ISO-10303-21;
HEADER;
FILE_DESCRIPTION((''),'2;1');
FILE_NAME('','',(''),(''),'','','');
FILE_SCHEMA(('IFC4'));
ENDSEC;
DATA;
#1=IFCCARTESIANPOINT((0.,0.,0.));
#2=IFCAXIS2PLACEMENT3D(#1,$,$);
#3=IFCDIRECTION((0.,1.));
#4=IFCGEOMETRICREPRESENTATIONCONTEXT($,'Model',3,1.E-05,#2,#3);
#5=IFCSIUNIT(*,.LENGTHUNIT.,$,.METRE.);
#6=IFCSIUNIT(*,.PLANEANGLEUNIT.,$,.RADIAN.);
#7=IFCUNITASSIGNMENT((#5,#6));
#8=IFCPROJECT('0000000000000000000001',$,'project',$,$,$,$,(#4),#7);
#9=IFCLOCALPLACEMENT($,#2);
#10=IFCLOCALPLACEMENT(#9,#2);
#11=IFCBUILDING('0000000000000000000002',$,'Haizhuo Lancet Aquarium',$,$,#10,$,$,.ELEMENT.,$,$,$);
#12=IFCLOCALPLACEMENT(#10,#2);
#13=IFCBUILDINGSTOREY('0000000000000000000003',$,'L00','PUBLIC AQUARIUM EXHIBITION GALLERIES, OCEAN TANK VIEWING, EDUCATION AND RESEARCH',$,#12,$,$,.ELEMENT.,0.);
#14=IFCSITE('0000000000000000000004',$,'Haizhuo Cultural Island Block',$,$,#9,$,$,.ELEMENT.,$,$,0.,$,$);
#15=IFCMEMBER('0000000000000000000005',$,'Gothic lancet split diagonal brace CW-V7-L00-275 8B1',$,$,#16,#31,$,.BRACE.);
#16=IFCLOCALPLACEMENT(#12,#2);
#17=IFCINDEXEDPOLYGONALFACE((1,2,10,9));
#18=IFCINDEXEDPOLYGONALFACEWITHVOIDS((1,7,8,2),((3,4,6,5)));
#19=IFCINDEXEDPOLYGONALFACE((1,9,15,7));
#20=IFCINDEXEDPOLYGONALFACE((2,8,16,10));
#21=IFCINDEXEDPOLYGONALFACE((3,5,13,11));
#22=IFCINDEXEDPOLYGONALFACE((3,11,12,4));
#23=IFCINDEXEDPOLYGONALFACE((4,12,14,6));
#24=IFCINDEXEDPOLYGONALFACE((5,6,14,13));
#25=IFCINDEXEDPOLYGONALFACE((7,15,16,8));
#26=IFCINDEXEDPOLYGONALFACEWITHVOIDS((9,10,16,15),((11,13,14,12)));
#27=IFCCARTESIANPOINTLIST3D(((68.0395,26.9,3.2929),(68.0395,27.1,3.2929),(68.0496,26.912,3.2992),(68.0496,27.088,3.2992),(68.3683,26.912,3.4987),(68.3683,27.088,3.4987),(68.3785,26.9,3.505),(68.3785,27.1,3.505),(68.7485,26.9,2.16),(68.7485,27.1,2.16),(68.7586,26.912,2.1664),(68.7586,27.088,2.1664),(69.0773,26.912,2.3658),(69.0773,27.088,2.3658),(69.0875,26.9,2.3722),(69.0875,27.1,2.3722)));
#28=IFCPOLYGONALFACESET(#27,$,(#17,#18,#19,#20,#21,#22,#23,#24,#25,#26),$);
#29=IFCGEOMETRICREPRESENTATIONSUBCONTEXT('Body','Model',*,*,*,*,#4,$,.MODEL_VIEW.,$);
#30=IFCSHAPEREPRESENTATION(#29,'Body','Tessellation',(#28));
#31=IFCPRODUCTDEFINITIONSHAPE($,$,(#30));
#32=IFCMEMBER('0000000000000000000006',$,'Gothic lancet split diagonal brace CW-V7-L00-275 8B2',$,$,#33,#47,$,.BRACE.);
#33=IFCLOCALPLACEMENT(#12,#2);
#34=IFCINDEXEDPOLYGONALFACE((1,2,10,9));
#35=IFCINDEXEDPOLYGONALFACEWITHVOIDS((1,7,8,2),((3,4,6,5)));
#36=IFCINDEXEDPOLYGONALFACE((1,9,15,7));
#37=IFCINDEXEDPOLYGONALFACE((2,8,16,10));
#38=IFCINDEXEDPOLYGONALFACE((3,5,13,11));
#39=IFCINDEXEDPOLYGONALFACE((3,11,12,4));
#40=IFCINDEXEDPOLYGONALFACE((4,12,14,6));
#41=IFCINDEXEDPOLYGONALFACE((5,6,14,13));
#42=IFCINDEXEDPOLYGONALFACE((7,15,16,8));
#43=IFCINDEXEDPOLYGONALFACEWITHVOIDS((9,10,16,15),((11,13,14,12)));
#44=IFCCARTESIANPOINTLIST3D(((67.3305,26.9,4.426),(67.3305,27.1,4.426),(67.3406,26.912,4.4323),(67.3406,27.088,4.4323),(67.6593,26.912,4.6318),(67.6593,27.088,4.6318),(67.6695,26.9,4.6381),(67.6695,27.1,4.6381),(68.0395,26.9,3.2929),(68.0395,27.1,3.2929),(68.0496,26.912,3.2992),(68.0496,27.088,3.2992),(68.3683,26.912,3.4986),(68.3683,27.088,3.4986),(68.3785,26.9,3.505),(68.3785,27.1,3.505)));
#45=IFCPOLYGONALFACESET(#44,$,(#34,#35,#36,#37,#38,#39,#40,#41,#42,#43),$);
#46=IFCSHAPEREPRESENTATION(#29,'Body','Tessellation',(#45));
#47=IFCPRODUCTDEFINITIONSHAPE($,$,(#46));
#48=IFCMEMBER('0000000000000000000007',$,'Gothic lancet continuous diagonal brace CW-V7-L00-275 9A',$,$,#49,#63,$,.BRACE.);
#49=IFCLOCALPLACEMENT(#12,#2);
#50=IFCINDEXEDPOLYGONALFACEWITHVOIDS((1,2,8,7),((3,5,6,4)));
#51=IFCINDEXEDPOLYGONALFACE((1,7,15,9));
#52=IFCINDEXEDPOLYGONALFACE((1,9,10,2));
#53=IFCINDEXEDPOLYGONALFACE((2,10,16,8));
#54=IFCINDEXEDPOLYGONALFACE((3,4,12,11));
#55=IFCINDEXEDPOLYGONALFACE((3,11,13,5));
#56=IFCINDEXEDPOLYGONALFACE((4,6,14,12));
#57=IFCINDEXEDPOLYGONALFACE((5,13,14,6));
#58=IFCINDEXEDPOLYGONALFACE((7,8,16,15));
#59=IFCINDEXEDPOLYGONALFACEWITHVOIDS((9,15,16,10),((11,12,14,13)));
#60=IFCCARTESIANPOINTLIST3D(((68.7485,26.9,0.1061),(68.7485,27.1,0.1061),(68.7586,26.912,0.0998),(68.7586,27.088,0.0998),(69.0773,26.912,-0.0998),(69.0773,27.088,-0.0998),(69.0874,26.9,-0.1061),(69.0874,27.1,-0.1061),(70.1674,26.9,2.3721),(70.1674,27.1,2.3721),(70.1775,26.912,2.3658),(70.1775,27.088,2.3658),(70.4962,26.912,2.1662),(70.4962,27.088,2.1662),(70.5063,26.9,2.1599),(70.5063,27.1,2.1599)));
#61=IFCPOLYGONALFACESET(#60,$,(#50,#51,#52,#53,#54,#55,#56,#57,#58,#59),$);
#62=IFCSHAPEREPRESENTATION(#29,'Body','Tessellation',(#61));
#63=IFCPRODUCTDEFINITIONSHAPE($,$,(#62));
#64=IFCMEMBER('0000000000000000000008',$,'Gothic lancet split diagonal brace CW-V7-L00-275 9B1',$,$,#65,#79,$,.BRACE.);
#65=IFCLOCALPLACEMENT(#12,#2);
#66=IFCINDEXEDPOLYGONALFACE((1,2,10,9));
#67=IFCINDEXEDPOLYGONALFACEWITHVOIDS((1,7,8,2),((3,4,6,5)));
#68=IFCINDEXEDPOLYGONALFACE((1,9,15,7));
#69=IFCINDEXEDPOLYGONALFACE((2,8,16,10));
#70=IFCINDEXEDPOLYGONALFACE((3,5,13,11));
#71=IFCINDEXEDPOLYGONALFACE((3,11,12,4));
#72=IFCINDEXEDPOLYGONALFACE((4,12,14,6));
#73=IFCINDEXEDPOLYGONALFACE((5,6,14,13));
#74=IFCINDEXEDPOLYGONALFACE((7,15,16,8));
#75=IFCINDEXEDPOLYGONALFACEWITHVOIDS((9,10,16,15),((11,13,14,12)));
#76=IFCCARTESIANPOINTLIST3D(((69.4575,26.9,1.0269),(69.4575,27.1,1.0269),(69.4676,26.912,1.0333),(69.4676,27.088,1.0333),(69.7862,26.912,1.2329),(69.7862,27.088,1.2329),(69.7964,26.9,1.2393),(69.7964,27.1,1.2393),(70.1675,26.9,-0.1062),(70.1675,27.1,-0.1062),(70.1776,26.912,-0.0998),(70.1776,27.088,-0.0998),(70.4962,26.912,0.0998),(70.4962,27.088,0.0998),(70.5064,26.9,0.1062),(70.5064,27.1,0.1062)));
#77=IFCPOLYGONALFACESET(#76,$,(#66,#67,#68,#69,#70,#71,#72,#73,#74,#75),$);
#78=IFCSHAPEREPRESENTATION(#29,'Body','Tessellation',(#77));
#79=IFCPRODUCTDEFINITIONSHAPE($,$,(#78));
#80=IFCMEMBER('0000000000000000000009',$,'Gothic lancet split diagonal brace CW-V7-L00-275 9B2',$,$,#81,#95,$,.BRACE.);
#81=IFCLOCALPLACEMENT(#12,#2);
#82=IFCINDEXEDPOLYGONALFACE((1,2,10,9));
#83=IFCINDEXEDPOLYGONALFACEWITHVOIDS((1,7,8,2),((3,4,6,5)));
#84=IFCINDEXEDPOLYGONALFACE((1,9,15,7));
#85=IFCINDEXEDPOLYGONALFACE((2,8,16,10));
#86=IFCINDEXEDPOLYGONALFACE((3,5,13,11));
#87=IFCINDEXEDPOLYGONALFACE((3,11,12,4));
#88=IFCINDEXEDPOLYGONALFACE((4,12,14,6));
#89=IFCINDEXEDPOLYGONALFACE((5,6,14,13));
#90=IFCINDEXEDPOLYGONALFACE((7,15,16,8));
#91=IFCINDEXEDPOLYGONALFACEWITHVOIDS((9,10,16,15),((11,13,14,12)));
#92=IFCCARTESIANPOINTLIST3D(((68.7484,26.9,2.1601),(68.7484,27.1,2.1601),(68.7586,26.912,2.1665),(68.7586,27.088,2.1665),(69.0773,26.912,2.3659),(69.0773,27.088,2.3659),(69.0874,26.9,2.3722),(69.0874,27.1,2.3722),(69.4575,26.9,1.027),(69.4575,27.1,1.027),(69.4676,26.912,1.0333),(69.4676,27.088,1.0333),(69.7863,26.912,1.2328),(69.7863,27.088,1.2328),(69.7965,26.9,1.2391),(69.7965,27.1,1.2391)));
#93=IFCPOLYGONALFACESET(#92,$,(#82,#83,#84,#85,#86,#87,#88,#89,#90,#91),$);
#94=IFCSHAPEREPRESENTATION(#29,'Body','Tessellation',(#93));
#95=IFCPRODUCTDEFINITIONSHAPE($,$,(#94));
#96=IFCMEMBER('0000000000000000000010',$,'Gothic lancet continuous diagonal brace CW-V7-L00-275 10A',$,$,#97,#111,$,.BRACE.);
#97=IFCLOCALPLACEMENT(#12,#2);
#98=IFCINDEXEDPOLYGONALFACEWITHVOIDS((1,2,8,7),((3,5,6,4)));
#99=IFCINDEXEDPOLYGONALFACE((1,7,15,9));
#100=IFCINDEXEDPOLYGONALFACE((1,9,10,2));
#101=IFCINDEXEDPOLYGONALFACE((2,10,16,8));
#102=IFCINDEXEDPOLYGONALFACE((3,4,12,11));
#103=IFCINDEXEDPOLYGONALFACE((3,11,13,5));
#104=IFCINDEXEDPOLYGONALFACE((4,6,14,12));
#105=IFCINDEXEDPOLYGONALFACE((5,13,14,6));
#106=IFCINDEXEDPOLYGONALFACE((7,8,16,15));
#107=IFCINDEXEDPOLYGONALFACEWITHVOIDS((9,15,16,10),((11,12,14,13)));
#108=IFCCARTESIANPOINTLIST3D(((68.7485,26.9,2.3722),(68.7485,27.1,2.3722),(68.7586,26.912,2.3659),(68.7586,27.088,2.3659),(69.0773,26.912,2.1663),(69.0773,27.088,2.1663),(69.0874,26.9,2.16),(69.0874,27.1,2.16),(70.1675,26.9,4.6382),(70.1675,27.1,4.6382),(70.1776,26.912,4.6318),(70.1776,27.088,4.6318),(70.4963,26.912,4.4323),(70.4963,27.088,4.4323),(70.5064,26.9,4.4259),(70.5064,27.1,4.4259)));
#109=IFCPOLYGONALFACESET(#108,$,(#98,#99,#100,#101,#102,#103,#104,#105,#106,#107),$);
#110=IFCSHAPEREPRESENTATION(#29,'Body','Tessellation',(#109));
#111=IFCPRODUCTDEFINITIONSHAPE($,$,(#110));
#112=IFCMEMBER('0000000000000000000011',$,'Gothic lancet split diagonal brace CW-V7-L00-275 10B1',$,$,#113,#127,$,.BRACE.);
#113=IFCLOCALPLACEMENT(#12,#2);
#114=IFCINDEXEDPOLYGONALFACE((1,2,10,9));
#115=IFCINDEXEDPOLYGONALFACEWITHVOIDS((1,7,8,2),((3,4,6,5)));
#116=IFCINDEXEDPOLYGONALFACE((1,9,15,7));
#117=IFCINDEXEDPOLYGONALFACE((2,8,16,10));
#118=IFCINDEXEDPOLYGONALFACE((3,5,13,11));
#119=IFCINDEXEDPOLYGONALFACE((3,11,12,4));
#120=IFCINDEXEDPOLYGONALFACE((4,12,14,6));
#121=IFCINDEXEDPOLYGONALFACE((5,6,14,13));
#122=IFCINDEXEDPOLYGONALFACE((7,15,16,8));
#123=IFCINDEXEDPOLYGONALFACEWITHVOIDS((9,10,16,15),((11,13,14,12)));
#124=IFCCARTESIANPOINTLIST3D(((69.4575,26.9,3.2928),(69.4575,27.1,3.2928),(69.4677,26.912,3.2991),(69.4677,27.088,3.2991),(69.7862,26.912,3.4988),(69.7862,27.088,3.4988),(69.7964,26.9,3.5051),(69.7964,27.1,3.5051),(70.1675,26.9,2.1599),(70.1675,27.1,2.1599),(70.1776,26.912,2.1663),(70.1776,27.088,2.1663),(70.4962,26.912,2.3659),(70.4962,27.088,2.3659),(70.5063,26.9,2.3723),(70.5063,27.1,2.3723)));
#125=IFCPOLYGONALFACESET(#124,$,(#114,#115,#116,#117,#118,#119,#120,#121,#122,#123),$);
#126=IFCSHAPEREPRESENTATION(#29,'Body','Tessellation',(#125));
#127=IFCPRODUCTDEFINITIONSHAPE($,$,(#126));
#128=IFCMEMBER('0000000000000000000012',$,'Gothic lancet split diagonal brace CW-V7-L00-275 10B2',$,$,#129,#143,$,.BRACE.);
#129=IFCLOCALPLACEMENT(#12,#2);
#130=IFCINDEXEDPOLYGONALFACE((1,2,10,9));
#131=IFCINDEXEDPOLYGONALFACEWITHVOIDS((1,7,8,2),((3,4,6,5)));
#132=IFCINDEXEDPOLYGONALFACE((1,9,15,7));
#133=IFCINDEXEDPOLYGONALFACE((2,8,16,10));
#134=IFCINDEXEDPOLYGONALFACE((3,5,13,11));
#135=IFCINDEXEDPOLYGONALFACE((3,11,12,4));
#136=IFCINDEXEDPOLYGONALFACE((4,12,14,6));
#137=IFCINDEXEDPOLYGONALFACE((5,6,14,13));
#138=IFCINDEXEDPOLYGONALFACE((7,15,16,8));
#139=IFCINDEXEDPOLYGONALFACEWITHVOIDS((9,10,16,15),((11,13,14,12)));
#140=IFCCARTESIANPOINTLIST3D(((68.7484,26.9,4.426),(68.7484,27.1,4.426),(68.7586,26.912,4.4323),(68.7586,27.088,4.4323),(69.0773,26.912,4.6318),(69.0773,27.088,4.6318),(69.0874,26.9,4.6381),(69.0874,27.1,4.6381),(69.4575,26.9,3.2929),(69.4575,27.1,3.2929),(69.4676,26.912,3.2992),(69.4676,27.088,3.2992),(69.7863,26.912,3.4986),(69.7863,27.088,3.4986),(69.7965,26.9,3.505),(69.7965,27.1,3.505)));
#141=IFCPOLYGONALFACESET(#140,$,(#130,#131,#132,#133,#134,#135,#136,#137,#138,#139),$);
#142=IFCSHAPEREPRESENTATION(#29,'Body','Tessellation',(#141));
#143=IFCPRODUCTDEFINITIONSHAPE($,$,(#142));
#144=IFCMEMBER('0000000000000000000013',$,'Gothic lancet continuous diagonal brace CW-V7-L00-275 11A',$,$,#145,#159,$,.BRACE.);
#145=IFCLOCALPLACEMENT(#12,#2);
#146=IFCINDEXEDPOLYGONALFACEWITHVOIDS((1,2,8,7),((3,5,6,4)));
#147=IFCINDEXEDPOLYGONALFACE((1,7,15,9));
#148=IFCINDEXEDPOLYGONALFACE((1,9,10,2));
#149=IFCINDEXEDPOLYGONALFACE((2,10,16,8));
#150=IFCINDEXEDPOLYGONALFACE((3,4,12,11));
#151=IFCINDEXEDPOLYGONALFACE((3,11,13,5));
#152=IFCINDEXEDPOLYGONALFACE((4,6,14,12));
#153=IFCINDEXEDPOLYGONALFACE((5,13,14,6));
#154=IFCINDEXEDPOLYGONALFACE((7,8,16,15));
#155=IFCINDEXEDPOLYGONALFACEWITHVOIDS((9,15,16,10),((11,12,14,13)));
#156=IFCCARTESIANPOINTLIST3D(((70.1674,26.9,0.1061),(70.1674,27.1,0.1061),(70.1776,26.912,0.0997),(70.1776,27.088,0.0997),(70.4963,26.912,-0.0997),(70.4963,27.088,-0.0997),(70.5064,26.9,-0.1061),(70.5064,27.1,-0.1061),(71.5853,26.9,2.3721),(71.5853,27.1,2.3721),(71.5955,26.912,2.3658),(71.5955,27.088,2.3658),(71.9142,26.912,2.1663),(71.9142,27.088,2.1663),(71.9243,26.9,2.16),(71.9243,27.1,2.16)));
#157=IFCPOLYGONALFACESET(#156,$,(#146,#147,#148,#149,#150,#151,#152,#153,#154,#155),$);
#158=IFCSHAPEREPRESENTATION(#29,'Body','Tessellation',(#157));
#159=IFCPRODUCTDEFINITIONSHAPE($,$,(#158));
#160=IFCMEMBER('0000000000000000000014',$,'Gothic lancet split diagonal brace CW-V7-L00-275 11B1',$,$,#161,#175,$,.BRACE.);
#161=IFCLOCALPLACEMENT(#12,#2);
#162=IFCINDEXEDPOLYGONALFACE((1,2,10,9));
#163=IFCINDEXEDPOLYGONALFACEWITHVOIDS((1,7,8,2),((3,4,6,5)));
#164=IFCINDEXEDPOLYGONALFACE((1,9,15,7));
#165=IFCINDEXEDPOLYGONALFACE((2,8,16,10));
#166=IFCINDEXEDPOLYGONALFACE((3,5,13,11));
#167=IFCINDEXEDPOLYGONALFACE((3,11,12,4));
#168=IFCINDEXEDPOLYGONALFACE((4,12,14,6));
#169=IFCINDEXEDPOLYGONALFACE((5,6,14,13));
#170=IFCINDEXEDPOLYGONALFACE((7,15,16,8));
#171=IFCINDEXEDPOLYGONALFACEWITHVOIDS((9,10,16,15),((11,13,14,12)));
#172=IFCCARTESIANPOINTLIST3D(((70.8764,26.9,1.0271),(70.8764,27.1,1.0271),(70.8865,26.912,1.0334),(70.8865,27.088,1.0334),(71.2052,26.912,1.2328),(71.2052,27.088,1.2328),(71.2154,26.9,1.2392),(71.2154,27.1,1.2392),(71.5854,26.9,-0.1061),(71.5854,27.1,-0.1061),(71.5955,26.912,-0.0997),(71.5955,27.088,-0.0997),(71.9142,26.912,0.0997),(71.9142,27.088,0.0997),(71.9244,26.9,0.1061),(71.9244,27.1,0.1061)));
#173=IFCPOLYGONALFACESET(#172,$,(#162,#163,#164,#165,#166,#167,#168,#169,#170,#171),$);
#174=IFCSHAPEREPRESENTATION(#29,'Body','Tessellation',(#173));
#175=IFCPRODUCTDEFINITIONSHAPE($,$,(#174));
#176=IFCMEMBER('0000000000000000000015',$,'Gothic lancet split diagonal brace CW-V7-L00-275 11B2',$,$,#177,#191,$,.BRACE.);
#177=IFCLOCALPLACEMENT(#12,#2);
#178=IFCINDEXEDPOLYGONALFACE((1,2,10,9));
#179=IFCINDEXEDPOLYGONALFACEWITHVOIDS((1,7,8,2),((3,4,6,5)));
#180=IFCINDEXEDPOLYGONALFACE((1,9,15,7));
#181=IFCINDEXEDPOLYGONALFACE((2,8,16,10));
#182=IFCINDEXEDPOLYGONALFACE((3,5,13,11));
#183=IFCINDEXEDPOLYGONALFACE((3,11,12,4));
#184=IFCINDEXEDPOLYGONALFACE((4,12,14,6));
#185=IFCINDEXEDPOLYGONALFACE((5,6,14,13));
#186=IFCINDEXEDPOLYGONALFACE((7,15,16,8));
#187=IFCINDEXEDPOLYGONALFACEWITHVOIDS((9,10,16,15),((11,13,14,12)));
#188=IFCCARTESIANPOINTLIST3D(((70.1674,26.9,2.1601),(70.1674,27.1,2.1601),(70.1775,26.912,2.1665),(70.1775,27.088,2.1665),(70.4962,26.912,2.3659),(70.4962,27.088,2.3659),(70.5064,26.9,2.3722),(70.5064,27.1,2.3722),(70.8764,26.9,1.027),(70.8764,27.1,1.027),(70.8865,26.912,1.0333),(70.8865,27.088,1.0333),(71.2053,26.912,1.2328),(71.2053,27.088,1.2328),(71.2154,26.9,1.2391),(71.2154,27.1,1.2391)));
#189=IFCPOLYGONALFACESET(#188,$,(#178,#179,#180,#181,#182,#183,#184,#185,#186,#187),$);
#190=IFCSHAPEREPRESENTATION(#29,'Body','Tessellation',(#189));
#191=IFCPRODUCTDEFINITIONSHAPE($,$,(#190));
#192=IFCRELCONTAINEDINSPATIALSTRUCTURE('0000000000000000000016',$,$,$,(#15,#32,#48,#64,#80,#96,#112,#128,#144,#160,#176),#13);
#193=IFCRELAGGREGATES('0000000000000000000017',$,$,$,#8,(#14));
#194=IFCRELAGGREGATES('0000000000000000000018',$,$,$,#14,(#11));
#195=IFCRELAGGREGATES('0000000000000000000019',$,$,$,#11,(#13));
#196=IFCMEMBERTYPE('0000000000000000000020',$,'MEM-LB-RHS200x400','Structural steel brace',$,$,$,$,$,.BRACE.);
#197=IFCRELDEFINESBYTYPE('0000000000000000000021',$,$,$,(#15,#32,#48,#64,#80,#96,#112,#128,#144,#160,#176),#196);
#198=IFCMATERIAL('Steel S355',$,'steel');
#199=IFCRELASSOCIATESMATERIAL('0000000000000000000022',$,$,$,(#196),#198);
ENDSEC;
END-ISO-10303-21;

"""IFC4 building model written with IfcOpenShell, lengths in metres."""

from ifc_helpers import new_model, si_unit, direction, frame, origin, origin_2d, place, context, subcontext, project, spatial, hollow_rectangle, extrude, material, material_profile, profile_set, type_object, element, save


model = new_model("IFC4")

# Units and contexts
model_context = context("Model", 3, precision=1e-05, world=origin(), true_north=direction((0.0, 1.0)))
body_context = subcontext(model_context, "Body", "Model", "MODEL_VIEW")
ifc_project = project(units=[si_unit("LENGTHUNIT", "METRE"), si_unit("PLANEANGLEUNIT", "RADIAN")], contexts=[model_context])

# Site, building, storey
site_placement = place(None, origin())
site = spatial("IfcSite", under=ifc_project, at=site_placement, Name="Haizhuo Cultural Island Block", CompositionType="ELEMENT", RefElevation=0.0)
building_placement = place(site_placement, origin())
building = spatial("IfcBuilding", under=site, at=building_placement, Name="Haizhuo Lancet Aquarium", CompositionType="ELEMENT")
storey_placement = place(building_placement, origin())
storey = spatial("IfcBuildingStorey", under=building, at=storey_placement, Name="L00", Description="PUBLIC AQUARIUM EXHIBITION GALLERIES, OCEAN TANK VIEWING, EDUCATION AND RESEARCH", CompositionType="ELEMENT", Elevation=0.0)

# Members
ifc_material_1 = material(Name="Steel S355", Category="steel")
ifc_material_profile_1 = material_profile(ifc_material_1, hollow_rectangle(XDim=0.2, YDim=0.3999, WallThickness=0.012, at=origin_2d()), Name="RHS 200x400x12")
ifc_profile_set_1 = profile_set([ifc_material_profile_1], Name="Steel S355")
member_type_1 = type_object("IfcMemberType", Name="MEM-LB-RHS200x400", Description="Structural steel brace", PredefinedType="BRACE", material=ifc_profile_set_1)
member_1_placement = place(storey_placement, frame((68.918, 27.0, 2.2661), z_axis=(-0.530524, 0.0, 0.84767), x_axis=(0.0, -1.0, 0.0)))
element("IfcMember", 1, at=member_1_placement, inside=storey, type_object=member_type_1, Name="Gothic lancet split diagonal brace CW-V7-L00-275 8B1", PredefinedType="BRACE", context=body_context, shape_type="SweptSolid", body=[
    extrude(hollow_rectangle(XDim=0.2, YDim=0.3999, WallThickness=0.012, at=origin_2d()), origin(), (0.0, 0.0, 1.0), 1.3364),
])
member_2_placement = place(storey_placement, frame((68.209, 27.0, 3.3989), z_axis=(-0.530442, 0.0, 0.847721), x_axis=(0.0, -1.0, 0.0)))
element("IfcMember", 2, at=member_2_placement, inside=storey, type_object=member_type_1, Name="Gothic lancet split diagonal brace CW-V7-L00-275 8B2", PredefinedType="BRACE", context=body_context, shape_type="SweptSolid", body=[
    extrude(hollow_rectangle(XDim=0.2, YDim=0.3999, WallThickness=0.012, at=origin_2d()), origin(), (0.0, 0.0, 1.0), 1.3367),
])
member_3_placement = place(storey_placement, frame((68.918, 27.0, 0.0), z_axis=(0.530705, 0.0, 0.847557), x_axis=(0.0, 1.0, 0.0)))
element("IfcMember", 3, at=member_3_placement, inside=storey, type_object=member_type_1, Name="Gothic lancet continuous diagonal brace CW-V7-L00-275 9A", PredefinedType="BRACE", context=body_context, shape_type="SweptSolid", body=[
    extrude(hollow_rectangle(XDim=0.2, YDim=0.3999, WallThickness=0.012, at=origin_2d()), origin(), (0.0, 0.0, 1.0), 2.6736),
])
member_4_placement = place(storey_placement, frame((70.3369, 27.0, 0.0), z_axis=(-0.530967, 0.0, 0.847393), x_axis=(0.0, -1.0, 0.0)))
element("IfcMember", 4, at=member_4_placement, inside=storey, type_object=member_type_1, Name="Gothic lancet split diagonal brace CW-V7-L00-275 9B1", PredefinedType="BRACE", context=body_context, shape_type="SweptSolid", body=[
    extrude(hollow_rectangle(XDim=0.2, YDim=0.3999, WallThickness=0.012, at=origin_2d()), origin(), (0.0, 0.0, 1.0), 1.3372),
])
member_5_placement = place(storey_placement, frame((69.627, 27.0, 1.1331), z_axis=(-0.530442, 0.0, 0.847721), x_axis=(0.0, -1.0, 0.0)))
element("IfcMember", 5, at=member_5_placement, inside=storey, type_object=member_type_1, Name="Gothic lancet split diagonal brace CW-V7-L00-275 9B2", PredefinedType="BRACE", context=body_context, shape_type="SweptSolid", body=[
    extrude(hollow_rectangle(XDim=0.2, YDim=0.3999, WallThickness=0.012, at=origin_2d()), origin(), (0.0, 0.0, 1.0), 1.3367),
])
member_6_placement = place(storey_placement, frame((68.918, 27.0, 2.2661), z_axis=(0.530746, 0.0, 0.847531), x_axis=(0.0, 1.0, 0.0)))
element("IfcMember", 6, at=member_6_placement, inside=storey, type_object=member_type_1, Name="Gothic lancet continuous diagonal brace CW-V7-L00-275 10A", PredefinedType="BRACE", context=body_context, shape_type="SweptSolid", body=[
    extrude(hollow_rectangle(XDim=0.2, YDim=0.3999, WallThickness=0.012, at=origin_2d()), origin(), (0.0, 0.0, 1.0), 2.6736),
])
member_7_placement = place(storey_placement, frame((70.3369, 27.0, 2.2661), z_axis=(-0.531049, 0.0, 0.847341), x_axis=(0.0, -1.0, 0.0)))
element("IfcMember", 7, at=member_7_placement, inside=storey, type_object=member_type_1, Name="Gothic lancet split diagonal brace CW-V7-L00-275 10B1", PredefinedType="BRACE", context=body_context, shape_type="SweptSolid", body=[
    extrude(hollow_rectangle(XDim=0.2, YDim=0.3999, WallThickness=0.012, at=origin_2d()), origin(), (0.0, 0.0, 1.0), 1.3369),
])
member_8_placement = place(storey_placement, frame((69.627, 27.0, 3.3989), z_axis=(-0.530442, 0.0, 0.847721), x_axis=(0.0, -1.0, 0.0)))
element("IfcMember", 8, at=member_8_placement, inside=storey, type_object=member_type_1, Name="Gothic lancet split diagonal brace CW-V7-L00-275 10B2", PredefinedType="BRACE", context=body_context, shape_type="SweptSolid", body=[
    extrude(hollow_rectangle(XDim=0.2, YDim=0.3999, WallThickness=0.012, at=origin_2d()), origin(), (0.0, 0.0, 1.0), 1.3367),
])
member_9_placement = place(storey_placement, frame((70.3369, 27.0, 0.0), z_axis=(0.530442, 0.0, 0.847721), x_axis=(0.0, 1.0, 0.0)))
element("IfcMember", 9, at=member_9_placement, inside=storey, type_object=member_type_1, Name="Gothic lancet continuous diagonal brace CW-V7-L00-275 11A", PredefinedType="BRACE", context=body_context, shape_type="SweptSolid", body=[
    extrude(hollow_rectangle(XDim=0.2, YDim=0.3999, WallThickness=0.012, at=origin_2d()), origin(), (0.0, 0.0, 1.0), 2.6731),
])
for number, where, z_axis, x_axis, name in (
    (10, (71.7549, 27.0, 0.0), (-0.530442, 0.0, 0.847721), (0.0, -1.0, 0.0), "Gothic lancet split diagonal brace CW-V7-L00-275 11B1"),
    (11, (71.0459, 27.0, 1.1331), (-0.530442, 0.0, 0.847721), (0.0, -1.0, 0.0), "Gothic lancet split diagonal brace CW-V7-L00-275 11B2"),
):
    element("IfcMember", number, at=place(storey_placement, frame(where, z_axis=z_axis, x_axis=x_axis)), inside=storey, type_object=member_type_1, Name=name, PredefinedType="BRACE", context=body_context, shape_type="SweptSolid", body=[
        extrude(hollow_rectangle(XDim=0.2, YDim=0.3999, WallThickness=0.012, at=origin_2d()), origin(), (0.0, 0.0, 1.0), 1.3367),
    ])

save(model, "model.ifc")
